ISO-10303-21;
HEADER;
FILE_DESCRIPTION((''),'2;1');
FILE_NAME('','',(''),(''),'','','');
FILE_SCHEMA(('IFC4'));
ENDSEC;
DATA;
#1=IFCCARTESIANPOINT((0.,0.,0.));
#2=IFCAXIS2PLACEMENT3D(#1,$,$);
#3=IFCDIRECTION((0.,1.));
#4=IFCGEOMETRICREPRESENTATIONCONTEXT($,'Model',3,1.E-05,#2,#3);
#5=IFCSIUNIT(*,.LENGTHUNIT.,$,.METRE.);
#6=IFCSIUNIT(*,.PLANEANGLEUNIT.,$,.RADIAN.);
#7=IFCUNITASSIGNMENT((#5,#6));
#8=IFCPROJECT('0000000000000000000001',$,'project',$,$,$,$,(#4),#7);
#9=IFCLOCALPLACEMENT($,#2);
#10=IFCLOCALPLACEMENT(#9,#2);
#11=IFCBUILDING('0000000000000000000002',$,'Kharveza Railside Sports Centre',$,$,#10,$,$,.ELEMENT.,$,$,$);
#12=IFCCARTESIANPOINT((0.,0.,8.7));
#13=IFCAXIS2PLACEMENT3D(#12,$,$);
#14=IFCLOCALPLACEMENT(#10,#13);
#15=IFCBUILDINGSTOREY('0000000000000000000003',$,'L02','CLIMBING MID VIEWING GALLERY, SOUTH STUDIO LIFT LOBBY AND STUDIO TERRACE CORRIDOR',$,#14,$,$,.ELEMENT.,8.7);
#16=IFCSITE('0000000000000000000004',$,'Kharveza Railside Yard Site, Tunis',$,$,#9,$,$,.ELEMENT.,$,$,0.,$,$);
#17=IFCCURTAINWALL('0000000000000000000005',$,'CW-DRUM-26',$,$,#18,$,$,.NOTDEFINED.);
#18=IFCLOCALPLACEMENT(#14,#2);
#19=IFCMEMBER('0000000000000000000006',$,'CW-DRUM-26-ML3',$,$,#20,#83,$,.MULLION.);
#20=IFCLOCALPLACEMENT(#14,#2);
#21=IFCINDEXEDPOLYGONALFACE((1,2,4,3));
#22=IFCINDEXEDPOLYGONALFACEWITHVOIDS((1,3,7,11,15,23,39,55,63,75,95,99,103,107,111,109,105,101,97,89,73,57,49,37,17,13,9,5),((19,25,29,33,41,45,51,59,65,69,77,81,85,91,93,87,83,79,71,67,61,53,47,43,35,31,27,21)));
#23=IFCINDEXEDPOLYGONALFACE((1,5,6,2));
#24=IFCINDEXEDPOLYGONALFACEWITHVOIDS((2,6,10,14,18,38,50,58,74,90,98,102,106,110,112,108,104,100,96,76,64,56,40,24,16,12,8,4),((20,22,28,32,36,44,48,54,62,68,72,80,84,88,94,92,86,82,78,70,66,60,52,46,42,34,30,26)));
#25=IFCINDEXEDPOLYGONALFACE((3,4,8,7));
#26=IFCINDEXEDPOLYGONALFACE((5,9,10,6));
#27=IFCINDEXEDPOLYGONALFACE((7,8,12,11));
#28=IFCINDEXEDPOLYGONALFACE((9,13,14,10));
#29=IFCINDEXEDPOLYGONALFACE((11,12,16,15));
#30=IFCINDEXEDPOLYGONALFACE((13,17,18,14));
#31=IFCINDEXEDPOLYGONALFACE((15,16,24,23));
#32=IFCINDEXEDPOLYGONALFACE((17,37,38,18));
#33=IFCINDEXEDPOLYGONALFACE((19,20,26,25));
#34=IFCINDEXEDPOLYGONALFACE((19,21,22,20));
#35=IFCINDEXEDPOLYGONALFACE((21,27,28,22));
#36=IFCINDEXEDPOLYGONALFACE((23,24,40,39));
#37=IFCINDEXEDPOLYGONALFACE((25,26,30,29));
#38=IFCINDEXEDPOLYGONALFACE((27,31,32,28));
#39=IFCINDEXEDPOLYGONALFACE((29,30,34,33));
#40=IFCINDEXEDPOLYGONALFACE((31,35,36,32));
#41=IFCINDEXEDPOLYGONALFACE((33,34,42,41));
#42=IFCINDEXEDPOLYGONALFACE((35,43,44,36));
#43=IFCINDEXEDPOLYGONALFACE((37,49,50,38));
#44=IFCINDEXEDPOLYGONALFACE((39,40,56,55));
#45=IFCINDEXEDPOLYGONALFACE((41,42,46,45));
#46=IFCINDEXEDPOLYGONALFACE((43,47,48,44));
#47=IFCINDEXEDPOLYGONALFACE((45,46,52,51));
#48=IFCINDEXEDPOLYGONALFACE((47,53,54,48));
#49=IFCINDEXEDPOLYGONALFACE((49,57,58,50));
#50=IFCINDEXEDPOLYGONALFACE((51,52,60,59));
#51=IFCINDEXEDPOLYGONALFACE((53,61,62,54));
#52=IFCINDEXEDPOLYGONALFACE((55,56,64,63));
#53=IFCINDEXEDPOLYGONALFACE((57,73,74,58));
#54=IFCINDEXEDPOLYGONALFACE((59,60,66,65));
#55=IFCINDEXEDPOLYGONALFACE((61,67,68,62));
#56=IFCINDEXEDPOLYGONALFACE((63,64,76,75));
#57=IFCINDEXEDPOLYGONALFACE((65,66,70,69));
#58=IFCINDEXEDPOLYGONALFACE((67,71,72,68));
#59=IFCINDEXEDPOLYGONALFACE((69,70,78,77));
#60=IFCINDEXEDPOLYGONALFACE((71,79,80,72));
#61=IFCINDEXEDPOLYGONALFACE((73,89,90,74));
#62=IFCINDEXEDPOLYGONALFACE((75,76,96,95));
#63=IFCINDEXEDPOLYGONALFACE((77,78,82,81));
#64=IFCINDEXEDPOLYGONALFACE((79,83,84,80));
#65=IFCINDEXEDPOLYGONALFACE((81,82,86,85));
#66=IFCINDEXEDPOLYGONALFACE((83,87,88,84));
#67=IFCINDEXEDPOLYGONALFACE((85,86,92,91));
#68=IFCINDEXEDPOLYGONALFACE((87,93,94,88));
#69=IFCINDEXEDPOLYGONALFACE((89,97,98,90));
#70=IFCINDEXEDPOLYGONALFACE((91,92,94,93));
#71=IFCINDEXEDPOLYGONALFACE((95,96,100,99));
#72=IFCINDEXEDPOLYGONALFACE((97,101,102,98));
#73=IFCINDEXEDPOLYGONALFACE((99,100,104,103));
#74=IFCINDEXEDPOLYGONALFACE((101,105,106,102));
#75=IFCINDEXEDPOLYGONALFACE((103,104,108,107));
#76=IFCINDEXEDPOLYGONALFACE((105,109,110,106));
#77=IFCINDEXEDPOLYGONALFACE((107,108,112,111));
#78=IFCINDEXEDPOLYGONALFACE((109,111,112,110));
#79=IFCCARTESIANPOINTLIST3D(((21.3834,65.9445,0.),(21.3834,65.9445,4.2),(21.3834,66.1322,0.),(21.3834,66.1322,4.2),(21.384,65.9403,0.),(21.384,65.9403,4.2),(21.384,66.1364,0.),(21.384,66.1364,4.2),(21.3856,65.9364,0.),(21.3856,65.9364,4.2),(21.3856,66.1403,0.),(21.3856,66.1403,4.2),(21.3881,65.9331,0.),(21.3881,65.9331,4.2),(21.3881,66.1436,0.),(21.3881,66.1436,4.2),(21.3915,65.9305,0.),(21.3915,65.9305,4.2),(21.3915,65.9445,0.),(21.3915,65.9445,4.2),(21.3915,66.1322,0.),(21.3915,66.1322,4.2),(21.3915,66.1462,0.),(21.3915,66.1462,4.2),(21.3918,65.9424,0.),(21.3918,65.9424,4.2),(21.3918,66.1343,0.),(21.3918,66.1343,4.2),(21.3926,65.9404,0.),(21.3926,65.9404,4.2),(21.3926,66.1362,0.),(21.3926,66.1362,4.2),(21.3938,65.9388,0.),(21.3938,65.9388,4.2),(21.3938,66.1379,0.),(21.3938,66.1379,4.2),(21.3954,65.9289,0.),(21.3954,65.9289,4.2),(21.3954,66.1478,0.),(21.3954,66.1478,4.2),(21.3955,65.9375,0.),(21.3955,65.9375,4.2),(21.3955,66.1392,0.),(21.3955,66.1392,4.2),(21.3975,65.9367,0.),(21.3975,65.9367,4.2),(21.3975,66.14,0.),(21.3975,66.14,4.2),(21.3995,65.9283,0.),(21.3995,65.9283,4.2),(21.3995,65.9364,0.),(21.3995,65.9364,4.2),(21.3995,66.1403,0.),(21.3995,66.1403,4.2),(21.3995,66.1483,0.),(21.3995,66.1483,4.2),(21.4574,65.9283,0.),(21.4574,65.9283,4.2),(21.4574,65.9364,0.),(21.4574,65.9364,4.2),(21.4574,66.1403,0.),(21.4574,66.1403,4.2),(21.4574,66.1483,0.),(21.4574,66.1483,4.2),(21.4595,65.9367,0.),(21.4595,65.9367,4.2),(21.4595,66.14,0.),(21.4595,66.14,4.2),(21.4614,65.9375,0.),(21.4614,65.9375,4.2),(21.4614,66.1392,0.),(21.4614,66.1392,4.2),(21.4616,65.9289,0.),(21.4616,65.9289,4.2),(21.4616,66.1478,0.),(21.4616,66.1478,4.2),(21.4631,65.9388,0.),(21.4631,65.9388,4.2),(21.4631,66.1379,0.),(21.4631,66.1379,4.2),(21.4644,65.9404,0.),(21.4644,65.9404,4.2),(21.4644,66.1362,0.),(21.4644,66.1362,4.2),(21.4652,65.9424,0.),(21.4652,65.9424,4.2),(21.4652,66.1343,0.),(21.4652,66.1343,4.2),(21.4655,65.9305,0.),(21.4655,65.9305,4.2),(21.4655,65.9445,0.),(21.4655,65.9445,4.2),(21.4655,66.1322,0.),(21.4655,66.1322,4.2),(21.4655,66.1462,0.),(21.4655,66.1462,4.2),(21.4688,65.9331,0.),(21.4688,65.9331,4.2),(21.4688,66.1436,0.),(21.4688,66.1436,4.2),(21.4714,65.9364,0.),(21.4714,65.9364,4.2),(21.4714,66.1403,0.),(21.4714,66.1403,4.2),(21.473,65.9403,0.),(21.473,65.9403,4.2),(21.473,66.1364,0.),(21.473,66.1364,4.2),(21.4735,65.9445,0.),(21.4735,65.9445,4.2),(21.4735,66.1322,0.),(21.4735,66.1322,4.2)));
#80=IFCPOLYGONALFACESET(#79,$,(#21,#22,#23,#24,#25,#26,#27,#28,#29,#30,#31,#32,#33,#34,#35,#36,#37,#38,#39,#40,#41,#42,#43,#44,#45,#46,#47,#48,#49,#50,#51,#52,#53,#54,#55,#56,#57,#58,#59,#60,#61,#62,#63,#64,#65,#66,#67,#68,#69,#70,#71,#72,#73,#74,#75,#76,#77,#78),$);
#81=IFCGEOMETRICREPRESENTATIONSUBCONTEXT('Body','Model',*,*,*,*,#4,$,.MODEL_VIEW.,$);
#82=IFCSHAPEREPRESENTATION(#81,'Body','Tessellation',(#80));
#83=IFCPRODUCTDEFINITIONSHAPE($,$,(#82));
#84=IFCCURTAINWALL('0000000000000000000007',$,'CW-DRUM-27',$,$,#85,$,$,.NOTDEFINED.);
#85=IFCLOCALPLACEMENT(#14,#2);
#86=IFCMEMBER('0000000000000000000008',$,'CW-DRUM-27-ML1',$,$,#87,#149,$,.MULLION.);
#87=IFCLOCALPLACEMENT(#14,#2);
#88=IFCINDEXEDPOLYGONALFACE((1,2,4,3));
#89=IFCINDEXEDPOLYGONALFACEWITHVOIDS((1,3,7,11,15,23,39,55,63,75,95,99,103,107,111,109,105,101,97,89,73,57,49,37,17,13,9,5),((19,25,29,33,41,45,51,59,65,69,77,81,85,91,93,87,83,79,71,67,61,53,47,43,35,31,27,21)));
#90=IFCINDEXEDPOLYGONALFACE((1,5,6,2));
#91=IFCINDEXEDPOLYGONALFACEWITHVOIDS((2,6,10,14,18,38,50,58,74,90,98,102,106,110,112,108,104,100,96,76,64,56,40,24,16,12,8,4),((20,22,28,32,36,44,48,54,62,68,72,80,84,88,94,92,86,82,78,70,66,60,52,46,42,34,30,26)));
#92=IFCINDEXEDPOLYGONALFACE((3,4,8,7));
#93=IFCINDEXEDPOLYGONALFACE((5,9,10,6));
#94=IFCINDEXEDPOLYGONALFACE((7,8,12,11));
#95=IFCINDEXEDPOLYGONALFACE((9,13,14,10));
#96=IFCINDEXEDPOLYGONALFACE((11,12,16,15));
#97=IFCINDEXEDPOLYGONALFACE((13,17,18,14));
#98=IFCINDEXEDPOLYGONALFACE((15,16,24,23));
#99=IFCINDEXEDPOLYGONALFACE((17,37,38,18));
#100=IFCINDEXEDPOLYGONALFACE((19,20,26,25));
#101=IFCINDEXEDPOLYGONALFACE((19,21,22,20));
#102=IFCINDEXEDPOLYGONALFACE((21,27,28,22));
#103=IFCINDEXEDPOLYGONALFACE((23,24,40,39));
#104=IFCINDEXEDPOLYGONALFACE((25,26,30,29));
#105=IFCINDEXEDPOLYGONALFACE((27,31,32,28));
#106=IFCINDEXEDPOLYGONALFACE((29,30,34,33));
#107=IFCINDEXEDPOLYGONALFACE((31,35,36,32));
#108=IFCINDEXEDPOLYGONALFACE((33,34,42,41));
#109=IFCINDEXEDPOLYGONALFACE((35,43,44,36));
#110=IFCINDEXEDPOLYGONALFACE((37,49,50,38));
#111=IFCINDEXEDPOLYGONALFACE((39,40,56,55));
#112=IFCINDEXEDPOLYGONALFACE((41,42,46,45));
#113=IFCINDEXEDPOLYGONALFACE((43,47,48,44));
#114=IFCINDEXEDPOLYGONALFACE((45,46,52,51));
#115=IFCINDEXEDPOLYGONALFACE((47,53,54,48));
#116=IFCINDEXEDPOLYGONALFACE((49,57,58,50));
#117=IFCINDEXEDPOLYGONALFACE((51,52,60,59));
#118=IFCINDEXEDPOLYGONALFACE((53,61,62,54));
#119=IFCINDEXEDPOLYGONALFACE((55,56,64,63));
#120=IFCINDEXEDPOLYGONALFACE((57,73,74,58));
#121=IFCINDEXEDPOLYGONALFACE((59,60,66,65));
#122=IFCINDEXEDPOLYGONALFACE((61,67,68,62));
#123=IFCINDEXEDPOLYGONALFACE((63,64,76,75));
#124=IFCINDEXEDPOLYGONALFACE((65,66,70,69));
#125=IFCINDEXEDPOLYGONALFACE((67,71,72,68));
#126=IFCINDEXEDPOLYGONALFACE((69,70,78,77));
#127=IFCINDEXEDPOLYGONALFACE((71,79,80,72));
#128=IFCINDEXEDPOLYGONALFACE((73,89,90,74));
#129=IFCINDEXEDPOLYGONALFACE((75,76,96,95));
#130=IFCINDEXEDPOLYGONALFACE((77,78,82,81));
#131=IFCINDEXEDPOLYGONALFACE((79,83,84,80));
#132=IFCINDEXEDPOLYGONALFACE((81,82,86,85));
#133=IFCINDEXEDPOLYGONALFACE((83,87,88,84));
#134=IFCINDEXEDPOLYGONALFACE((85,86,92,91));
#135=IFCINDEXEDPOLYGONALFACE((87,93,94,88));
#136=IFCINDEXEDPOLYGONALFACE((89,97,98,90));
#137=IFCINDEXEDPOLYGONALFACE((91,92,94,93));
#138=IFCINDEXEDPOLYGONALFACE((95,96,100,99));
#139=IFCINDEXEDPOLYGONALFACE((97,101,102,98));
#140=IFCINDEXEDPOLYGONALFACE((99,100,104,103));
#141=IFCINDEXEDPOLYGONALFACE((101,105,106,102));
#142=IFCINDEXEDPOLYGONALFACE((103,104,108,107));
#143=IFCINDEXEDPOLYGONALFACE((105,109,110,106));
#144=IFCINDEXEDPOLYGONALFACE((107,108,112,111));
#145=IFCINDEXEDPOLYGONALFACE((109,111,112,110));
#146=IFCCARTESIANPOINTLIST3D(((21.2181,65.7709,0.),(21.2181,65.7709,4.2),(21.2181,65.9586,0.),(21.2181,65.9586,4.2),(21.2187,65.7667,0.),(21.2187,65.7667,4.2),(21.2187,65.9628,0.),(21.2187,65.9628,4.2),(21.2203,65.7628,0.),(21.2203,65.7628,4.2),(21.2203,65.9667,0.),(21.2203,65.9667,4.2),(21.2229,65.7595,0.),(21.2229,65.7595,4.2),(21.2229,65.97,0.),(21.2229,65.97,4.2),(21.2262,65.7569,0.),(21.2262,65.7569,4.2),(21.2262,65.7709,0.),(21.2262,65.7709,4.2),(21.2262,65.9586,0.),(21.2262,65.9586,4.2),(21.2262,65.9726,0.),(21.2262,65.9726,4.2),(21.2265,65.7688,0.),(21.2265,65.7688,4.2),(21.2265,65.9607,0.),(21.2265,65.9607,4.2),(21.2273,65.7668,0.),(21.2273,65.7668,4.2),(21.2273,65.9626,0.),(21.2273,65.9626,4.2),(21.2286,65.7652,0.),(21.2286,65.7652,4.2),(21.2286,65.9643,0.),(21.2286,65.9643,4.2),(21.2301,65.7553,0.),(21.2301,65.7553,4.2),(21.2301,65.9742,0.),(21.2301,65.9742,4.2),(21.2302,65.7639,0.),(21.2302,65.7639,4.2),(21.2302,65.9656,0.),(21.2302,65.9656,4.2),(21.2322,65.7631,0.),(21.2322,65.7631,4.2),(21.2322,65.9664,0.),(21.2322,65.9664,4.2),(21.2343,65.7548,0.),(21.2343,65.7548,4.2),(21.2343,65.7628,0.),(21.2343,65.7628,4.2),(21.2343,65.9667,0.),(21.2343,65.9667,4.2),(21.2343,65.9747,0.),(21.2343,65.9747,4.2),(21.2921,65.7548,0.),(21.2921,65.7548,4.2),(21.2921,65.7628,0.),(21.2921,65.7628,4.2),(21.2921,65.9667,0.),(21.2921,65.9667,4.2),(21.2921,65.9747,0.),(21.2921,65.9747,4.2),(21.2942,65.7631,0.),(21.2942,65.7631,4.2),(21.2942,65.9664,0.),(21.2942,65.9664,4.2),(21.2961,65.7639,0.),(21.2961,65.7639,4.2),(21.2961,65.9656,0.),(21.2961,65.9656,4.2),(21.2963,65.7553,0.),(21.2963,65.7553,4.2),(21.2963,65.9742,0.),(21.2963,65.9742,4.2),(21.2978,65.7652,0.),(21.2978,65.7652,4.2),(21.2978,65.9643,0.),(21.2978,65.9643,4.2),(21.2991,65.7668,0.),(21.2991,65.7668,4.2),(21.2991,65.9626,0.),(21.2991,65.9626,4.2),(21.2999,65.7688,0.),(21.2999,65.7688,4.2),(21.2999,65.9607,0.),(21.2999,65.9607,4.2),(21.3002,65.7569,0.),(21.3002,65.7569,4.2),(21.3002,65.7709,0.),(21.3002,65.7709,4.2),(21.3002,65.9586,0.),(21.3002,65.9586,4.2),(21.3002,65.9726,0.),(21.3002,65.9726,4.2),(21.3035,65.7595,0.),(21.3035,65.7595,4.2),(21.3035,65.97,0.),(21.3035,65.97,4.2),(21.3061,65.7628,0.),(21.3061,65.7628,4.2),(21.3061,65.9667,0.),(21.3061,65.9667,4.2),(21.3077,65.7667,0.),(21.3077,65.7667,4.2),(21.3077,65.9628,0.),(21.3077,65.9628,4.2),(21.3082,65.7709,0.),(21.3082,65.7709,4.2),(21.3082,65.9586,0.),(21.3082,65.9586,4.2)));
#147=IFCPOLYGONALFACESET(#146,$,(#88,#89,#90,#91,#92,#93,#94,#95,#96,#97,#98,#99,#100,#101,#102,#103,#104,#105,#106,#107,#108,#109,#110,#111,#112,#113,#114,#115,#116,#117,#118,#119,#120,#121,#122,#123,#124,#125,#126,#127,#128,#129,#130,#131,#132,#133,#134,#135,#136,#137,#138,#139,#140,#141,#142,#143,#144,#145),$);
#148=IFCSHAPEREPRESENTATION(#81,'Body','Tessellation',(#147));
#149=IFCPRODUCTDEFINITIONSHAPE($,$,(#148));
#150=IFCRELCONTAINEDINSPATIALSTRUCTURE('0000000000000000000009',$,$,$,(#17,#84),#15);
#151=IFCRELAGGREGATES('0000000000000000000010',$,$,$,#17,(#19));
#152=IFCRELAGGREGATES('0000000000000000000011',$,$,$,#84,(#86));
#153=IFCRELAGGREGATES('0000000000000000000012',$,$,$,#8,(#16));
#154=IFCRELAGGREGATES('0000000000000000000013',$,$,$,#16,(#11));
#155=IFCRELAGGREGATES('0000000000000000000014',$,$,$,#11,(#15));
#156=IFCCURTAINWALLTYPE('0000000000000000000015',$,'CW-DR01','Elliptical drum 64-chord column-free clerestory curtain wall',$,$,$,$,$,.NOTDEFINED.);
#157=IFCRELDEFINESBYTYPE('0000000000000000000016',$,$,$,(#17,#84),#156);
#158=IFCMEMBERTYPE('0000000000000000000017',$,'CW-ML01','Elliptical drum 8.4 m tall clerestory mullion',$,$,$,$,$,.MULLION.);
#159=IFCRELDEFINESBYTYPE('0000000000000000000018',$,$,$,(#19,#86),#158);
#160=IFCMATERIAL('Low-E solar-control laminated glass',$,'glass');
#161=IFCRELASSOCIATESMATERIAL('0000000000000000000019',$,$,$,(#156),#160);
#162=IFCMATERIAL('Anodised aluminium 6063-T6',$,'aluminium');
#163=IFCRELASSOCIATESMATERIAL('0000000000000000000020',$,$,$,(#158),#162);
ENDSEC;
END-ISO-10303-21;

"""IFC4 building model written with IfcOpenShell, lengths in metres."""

from ifc_helpers import new_model, si_unit, direction, frame, origin, origin_2d, place, context, subcontext, project, spatial, hollow_rectangle, extrude, material, material_profile, profile_set, type_object, element, aggregate, save


model = new_model("IFC4")

# Units and contexts
model_context = context("Model", 3, precision=1e-05, world=origin(), true_north=direction((0.0, 1.0)))
body_context = subcontext(model_context, "Body", "Model", "MODEL_VIEW")
ifc_project = project(units=[si_unit("LENGTHUNIT", "METRE"), si_unit("PLANEANGLEUNIT", "RADIAN")], contexts=[model_context])

# Site, building, storey
site_placement = place(None, origin())
site = spatial("IfcSite", under=ifc_project, at=site_placement, Name="Kharveza Railside Yard Site, Tunis", CompositionType="ELEMENT", RefElevation=0.0)
building_placement = place(site_placement, origin())
building = spatial("IfcBuilding", under=site, at=building_placement, Name="Kharveza Railside Sports Centre", CompositionType="ELEMENT")
storey_placement = place(building_placement, frame((0.0, 0.0, 8.7)))
storey = spatial("IfcBuildingStorey", under=building, at=storey_placement, Name="L02", Description="CLIMBING MID VIEWING GALLERY, SOUTH STUDIO LIFT LOBBY AND STUDIO TERRACE CORRIDOR", CompositionType="ELEMENT", Elevation=8.7)

# Curtain wall, member
ifc_material_1 = material(Name="Low-E solar-control laminated glass", Category="glass")
curtain_wall_type = type_object("IfcCurtainWallType", Name="CW-DR01", Description="Elliptical drum 64-chord column-free clerestory curtain wall", PredefinedType="NOTDEFINED", material=ifc_material_1)
ifc_material_2 = material(Name="Anodised aluminium 6063-T6", Category="aluminium")
ifc_material_profile_1 = material_profile(ifc_material_2, hollow_rectangle(XDim=0.0901, YDim=0.22, WallThickness=0.0081, InnerFilletRadius=0.0081, OuterFilletRadius=0.0161, at=origin_2d()), Name="RHS 90x220x8.0")
ifc_profile_set_1 = profile_set([ifc_material_profile_1], Name="Anodised aluminium 6063-T6")
member_type_1 = type_object("IfcMemberType", Name="CW-ML01", Description="Elliptical drum 8.4 m tall clerestory mullion", PredefinedType="MULLION", material=ifc_profile_set_1)
curtain_wall_1_placement = place(storey_placement, origin())
curtain_wall_1 = element("IfcCurtainWall", 1, at=curtain_wall_1_placement, inside=storey, type_object=curtain_wall_type, Name="CW-DRUM-26", PredefinedType="NOTDEFINED")
member_1_placement = place(storey_placement, frame((21.4285, 66.0383, 0.0), z_axis=(0.0, 0.0, 1.0), x_axis=(1.0, 0.0, 0.0)))
member_1 = element("IfcMember", 2, at=member_1_placement, type_object=member_type_1, Name="CW-DRUM-26-ML3", PredefinedType="MULLION", context=body_context, shape_type="SweptSolid", body=[
    extrude(hollow_rectangle(XDim=0.0901, YDim=0.22, WallThickness=0.0081, InnerFilletRadius=0.0081, OuterFilletRadius=0.0161, at=origin_2d()), origin(), (0.0, 0.0, 1.0), 4.2),
])

# Curtain wall, member
curtain_wall_2_placement = place(storey_placement, origin())
curtain_wall_2 = element("IfcCurtainWall", 3, at=curtain_wall_2_placement, inside=storey, type_object=curtain_wall_type, Name="CW-DRUM-27", PredefinedType="NOTDEFINED")
member_2_placement = place(storey_placement, frame((21.2632, 65.8647, 0.0), z_axis=(0.0, 0.0, 1.0), x_axis=(1.0, 0.0, 0.0)))
member_2 = element("IfcMember", 4, at=member_2_placement, type_object=member_type_1, Name="CW-DRUM-27-ML1", PredefinedType="MULLION", context=body_context, shape_type="SweptSolid", body=[
    extrude(hollow_rectangle(XDim=0.0901, YDim=0.22, WallThickness=0.0081, InnerFilletRadius=0.0081, OuterFilletRadius=0.0161, at=origin_2d()), origin(), (0.0, 0.0, 1.0), 4.2),
])

aggregate(curtain_wall_1, [member_1])
aggregate(curtain_wall_2, [member_2])

save(model, "model.ifc")
